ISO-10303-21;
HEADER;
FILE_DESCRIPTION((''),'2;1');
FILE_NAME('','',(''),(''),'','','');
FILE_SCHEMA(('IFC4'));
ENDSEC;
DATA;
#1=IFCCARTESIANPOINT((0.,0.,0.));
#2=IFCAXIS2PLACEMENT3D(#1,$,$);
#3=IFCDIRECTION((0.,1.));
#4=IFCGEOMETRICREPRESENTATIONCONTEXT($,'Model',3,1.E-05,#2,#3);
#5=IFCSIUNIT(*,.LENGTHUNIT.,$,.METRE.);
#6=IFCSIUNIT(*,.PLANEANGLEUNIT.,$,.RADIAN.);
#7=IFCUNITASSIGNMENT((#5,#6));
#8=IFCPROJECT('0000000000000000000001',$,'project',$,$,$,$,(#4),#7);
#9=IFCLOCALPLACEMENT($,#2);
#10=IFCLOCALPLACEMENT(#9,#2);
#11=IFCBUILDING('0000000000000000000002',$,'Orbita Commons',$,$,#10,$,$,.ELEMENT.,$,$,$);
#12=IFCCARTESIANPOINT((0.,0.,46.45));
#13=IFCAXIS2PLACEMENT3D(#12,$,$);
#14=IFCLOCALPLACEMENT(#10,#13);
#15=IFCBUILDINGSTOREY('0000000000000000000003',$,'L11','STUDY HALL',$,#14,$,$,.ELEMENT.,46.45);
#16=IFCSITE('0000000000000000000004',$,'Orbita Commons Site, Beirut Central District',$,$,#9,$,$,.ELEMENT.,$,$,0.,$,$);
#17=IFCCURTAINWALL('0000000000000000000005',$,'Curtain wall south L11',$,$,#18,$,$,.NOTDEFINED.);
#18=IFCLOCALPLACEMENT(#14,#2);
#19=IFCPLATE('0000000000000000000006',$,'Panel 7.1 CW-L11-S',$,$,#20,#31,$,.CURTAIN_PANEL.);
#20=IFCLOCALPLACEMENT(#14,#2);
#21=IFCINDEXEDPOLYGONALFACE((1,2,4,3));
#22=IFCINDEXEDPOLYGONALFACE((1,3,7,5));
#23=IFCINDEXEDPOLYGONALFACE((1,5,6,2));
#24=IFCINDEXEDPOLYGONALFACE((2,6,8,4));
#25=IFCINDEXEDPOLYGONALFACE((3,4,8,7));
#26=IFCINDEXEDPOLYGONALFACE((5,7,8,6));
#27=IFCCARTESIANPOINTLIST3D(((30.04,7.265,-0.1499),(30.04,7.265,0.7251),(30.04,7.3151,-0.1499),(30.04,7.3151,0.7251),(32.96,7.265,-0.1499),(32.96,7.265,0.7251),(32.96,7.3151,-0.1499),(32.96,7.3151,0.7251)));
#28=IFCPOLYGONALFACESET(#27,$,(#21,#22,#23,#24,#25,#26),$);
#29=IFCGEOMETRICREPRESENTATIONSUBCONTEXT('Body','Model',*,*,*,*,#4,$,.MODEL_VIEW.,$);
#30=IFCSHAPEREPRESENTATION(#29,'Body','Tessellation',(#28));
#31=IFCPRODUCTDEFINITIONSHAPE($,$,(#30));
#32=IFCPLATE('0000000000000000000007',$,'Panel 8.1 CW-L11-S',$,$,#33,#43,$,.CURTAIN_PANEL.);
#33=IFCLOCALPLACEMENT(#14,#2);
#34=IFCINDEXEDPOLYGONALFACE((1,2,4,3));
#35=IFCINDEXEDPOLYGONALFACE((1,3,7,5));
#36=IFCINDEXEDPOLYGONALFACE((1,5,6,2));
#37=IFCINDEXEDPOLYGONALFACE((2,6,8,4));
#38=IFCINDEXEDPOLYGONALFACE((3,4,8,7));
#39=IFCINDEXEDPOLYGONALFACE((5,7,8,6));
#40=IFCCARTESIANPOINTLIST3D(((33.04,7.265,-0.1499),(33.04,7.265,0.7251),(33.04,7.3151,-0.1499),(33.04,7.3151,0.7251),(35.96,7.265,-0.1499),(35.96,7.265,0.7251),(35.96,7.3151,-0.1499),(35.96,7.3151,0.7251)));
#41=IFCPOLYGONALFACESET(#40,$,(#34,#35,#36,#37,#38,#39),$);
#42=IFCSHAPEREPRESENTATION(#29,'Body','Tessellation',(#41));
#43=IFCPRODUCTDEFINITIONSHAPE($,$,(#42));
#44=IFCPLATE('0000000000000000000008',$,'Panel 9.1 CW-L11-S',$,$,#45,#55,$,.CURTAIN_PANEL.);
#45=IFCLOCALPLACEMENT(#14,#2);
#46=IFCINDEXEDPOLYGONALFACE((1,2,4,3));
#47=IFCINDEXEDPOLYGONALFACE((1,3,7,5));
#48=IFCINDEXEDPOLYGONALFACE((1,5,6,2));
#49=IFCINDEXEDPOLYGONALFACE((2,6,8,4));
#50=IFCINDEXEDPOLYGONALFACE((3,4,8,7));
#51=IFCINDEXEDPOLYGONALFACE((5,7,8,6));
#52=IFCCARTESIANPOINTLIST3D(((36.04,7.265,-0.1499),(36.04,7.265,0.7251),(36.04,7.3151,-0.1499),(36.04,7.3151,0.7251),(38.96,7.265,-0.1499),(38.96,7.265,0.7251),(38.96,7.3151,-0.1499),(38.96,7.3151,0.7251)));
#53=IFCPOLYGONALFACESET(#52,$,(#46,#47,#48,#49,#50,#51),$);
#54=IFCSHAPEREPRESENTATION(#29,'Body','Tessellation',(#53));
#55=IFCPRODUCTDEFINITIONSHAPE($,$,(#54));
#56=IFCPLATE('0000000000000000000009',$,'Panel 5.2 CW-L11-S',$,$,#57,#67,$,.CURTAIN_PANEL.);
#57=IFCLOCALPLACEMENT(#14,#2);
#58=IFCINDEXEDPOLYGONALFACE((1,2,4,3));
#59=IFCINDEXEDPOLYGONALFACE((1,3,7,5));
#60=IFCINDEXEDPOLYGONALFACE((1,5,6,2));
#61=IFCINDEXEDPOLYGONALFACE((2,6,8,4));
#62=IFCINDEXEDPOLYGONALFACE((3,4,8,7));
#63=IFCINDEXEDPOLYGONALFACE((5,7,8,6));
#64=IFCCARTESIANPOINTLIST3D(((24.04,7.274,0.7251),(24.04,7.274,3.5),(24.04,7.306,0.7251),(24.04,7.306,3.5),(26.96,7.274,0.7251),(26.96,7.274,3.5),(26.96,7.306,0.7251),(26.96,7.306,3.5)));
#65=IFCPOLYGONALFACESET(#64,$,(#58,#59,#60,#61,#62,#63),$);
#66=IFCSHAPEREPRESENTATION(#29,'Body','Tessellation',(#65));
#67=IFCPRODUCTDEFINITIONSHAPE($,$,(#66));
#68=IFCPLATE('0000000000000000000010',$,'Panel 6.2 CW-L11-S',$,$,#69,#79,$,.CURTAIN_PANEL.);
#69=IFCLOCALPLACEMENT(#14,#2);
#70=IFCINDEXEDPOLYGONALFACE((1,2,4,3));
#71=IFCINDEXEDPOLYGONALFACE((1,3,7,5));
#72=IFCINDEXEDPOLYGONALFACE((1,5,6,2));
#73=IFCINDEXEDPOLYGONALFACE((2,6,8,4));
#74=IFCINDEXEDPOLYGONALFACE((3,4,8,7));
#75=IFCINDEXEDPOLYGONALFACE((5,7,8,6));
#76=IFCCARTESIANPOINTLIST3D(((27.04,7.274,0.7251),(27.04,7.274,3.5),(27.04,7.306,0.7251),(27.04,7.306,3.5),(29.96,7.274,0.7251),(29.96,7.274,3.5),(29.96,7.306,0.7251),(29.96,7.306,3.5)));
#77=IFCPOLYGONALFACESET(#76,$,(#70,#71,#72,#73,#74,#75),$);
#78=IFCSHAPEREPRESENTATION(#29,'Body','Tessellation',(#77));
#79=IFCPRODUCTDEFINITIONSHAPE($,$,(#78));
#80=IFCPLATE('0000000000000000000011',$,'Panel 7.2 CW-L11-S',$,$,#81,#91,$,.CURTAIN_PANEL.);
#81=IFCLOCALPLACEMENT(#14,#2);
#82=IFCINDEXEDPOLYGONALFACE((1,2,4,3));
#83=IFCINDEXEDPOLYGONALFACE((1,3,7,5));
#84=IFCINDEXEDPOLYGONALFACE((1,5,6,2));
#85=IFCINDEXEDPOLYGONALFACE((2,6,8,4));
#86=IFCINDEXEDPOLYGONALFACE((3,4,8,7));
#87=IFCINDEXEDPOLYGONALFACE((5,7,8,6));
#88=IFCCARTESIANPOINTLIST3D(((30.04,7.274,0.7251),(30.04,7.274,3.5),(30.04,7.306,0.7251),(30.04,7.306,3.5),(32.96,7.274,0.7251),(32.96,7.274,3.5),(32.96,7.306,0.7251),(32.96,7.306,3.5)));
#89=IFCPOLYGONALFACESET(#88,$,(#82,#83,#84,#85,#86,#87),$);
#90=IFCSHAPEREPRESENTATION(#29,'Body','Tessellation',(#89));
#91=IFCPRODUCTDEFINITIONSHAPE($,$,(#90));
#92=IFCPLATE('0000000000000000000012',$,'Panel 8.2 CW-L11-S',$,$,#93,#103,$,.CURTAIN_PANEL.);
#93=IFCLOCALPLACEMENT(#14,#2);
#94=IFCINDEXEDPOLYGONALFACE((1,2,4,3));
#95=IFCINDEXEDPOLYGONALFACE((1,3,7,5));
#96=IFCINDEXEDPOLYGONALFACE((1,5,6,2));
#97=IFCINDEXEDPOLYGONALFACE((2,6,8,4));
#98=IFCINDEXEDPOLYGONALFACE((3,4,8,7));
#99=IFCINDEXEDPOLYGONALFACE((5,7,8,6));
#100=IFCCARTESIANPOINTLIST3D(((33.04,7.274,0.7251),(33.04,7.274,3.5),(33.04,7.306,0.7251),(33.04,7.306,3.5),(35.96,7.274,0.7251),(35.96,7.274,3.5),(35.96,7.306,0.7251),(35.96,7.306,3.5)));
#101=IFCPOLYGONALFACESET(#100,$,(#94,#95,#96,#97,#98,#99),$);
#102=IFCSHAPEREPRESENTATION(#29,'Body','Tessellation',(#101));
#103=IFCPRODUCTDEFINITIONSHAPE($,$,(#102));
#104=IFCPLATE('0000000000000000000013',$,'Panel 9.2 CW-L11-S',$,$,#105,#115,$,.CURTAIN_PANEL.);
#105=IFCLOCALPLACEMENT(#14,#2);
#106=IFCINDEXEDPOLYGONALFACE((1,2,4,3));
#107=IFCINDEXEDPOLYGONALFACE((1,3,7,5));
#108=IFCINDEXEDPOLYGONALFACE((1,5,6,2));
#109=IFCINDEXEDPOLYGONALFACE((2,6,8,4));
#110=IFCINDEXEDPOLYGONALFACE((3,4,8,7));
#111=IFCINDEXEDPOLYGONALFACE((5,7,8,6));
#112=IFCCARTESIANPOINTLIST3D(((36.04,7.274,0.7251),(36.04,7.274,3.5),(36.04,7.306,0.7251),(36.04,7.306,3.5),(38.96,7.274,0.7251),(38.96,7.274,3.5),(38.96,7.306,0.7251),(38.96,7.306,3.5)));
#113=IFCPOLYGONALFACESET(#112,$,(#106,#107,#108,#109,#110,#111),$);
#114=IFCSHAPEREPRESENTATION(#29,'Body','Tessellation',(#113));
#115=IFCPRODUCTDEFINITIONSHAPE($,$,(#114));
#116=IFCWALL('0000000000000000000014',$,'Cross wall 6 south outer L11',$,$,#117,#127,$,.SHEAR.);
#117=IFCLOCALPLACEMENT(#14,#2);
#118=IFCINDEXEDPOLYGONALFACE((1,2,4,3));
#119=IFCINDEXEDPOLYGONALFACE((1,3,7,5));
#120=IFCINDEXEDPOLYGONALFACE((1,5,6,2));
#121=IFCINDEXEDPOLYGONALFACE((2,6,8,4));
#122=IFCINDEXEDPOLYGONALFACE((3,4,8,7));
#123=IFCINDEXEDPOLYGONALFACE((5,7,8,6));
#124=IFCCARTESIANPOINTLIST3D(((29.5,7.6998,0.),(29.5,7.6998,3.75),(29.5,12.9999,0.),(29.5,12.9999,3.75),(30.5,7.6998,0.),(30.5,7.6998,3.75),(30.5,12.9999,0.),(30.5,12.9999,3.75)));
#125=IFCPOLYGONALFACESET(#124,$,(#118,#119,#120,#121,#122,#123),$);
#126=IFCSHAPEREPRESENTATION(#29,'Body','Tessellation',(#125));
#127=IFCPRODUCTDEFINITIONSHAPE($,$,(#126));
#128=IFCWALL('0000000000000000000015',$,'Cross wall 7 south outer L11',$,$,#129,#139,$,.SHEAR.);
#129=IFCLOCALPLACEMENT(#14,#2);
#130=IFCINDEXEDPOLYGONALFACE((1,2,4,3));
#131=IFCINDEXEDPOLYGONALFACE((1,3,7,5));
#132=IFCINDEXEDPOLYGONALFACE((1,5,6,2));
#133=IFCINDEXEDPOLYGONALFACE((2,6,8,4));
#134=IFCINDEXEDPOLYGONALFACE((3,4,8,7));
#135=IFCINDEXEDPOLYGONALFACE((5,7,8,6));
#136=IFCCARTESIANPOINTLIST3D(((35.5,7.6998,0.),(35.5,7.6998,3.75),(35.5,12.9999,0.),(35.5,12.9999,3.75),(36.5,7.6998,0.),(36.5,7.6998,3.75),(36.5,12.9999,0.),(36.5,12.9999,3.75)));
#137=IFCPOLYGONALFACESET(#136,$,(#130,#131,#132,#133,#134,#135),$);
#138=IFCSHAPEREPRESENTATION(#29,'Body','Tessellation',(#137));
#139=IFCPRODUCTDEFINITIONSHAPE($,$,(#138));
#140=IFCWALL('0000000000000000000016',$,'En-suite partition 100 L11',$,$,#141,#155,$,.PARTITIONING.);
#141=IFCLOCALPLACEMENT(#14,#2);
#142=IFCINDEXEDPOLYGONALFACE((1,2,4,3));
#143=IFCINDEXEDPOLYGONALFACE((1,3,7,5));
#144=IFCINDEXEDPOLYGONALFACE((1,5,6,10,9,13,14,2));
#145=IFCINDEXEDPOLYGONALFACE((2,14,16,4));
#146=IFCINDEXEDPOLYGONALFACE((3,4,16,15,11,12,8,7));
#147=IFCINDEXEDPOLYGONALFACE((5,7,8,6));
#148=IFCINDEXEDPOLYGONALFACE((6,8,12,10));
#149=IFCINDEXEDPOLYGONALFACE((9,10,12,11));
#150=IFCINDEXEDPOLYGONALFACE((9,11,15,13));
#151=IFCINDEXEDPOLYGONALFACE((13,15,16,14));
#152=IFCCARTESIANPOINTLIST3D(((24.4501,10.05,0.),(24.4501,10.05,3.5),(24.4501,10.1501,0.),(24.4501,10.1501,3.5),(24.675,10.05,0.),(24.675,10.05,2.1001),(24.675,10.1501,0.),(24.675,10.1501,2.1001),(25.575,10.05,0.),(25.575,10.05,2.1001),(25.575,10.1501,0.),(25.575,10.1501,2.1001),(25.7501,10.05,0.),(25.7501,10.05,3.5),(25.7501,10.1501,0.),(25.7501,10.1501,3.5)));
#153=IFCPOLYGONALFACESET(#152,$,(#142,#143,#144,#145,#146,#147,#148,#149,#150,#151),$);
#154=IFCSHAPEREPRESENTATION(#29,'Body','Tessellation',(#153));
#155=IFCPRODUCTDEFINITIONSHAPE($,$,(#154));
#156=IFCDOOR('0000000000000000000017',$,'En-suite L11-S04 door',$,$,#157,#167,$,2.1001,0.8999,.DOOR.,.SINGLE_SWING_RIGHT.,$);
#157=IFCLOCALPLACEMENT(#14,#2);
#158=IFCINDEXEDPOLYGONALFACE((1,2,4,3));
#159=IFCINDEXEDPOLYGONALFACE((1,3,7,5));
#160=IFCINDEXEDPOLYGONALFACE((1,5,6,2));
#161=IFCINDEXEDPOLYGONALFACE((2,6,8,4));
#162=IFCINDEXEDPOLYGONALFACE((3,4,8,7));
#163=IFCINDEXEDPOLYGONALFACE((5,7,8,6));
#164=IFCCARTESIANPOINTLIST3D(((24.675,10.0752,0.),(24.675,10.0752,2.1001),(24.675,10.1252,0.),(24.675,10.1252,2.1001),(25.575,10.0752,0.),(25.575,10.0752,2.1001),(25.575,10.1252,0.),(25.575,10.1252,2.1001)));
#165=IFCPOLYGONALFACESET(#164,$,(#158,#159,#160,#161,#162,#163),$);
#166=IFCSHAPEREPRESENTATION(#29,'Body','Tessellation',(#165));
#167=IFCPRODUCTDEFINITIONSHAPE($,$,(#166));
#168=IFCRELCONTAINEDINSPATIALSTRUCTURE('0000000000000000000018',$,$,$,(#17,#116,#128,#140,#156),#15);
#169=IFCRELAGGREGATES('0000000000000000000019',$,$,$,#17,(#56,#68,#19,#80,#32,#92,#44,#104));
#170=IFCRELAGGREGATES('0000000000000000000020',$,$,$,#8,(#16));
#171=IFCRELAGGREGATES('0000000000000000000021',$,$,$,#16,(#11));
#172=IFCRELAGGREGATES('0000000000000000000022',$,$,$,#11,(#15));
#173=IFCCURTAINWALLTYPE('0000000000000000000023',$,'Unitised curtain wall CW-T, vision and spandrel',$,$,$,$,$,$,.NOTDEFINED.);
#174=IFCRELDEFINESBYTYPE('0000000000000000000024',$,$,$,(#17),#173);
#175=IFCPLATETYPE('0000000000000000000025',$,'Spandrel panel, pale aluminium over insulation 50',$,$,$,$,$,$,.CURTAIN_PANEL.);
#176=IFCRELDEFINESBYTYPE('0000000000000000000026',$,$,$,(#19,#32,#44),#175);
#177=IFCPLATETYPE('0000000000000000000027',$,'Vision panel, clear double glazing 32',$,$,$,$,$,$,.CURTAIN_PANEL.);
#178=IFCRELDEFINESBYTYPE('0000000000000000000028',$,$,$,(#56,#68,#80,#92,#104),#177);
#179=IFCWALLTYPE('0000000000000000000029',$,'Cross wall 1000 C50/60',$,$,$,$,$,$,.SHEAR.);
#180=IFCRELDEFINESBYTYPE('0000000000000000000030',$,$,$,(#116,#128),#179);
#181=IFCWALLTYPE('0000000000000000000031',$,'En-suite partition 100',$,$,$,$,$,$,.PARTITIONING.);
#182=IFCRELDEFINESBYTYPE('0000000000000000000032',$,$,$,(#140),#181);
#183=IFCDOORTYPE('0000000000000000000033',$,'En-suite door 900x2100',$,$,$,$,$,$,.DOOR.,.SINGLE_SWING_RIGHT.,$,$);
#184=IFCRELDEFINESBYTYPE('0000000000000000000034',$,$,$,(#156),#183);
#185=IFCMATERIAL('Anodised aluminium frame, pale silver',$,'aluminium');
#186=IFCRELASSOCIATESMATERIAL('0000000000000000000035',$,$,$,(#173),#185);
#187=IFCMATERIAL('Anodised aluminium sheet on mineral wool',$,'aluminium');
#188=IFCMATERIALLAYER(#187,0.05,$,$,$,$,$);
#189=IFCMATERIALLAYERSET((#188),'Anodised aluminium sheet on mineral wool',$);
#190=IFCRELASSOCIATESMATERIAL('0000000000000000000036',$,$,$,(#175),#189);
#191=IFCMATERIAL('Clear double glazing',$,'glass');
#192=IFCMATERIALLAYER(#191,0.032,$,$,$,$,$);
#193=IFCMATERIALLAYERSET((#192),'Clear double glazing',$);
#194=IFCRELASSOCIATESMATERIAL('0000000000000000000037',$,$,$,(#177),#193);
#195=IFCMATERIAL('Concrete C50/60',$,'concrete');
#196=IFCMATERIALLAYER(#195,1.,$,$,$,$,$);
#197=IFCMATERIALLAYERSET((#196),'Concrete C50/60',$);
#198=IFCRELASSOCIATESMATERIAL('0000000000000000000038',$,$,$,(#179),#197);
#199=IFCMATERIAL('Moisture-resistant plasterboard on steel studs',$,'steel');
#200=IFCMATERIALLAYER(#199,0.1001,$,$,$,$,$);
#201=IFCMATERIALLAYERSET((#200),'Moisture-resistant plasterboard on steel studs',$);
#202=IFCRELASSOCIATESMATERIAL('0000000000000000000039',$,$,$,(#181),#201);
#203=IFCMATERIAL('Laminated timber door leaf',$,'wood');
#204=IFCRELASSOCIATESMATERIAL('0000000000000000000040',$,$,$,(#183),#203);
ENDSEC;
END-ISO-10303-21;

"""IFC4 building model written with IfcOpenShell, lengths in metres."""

from ifc_helpers import new_model, si_unit, direction, frame, frame_2d, origin, origin_2d, place, context, subcontext, project, spatial, rectangle, extrude, material, layer, layer_set, type_object, element, fill, aggregate, save


model = new_model("IFC4")

# Units and contexts
model_context = context("Model", 3, precision=1e-05, world=origin(), true_north=direction((0.0, 1.0)))
body_context = subcontext(model_context, "Body", "Model", "MODEL_VIEW")
ifc_project = project(units=[si_unit("LENGTHUNIT", "METRE"), si_unit("PLANEANGLEUNIT", "RADIAN")], contexts=[model_context])

# Site, building, storey
site_placement = place(None, origin())
site = spatial("IfcSite", under=ifc_project, at=site_placement, Name="Orbita Commons Site, Beirut Central District", CompositionType="ELEMENT", RefElevation=0.0)
building_placement = place(site_placement, origin())
building = spatial("IfcBuilding", under=site, at=building_placement, Name="Orbita Commons", CompositionType="ELEMENT")
storey_placement = place(building_placement, frame((0.0, 0.0, 46.45)))
storey = spatial("IfcBuildingStorey", under=building, at=storey_placement, Name="L11", Description="STUDY HALL", CompositionType="ELEMENT", Elevation=46.45)

# Curtain wall, plates
ifc_material_1 = material(Name="Anodised aluminium frame, pale silver", Category="aluminium")
curtain_wall_type = type_object("IfcCurtainWallType", Name="Unitised curtain wall CW-T, vision and spandrel", PredefinedType="NOTDEFINED", material=ifc_material_1)
curtain_wall_placement = place(storey_placement, origin())
curtain_wall = element("IfcCurtainWall", 1, at=curtain_wall_placement, inside=storey, type_object=curtain_wall_type, Name="Curtain wall south L11", PredefinedType="NOTDEFINED")
ifc_material_2 = material(Name="Anodised aluminium sheet on mineral wool", Category="aluminium")
ifc_layer_1 = layer(ifc_material_2, 0.05)
ifc_layer_set_1 = layer_set([ifc_layer_1], Name="Anodised aluminium sheet on mineral wool")
plate_type_1 = type_object("IfcPlateType", Name="Spandrel panel, pale aluminium over insulation 50", PredefinedType="CURTAIN_PANEL", material=ifc_layer_set_1)
plate_1_placement = place(storey_placement, frame((31.5, 7.29, -0.1499), z_axis=(0.0, 0.0, 1.0), x_axis=(1.0, 0.0, 0.0)))
plate_1 = element("IfcPlate", 2, at=plate_1_placement, type_object=plate_type_1, Name="Panel 7.1 CW-L11-S", PredefinedType="CURTAIN_PANEL", context=body_context, shape_type="SweptSolid", body=[
    extrude(rectangle(XDim=2.9199, YDim=0.05, at=origin_2d()), origin(), (0.0, 0.0, 1.0), 0.875),
])
plate_2_placement = place(storey_placement, frame((34.5, 7.29, -0.1499), z_axis=(0.0, 0.0, 1.0), x_axis=(1.0, 0.0, 0.0)))
plate_2 = element("IfcPlate", 3, at=plate_2_placement, type_object=plate_type_1, Name="Panel 8.1 CW-L11-S", PredefinedType="CURTAIN_PANEL", context=body_context, shape_type="SweptSolid", body=[
    extrude(rectangle(XDim=2.9199, YDim=0.05, at=origin_2d()), origin(), (0.0, 0.0, 1.0), 0.875),
])
plate_3_placement = place(storey_placement, frame((37.5, 7.29, -0.1499), z_axis=(0.0, 0.0, 1.0), x_axis=(1.0, 0.0, 0.0)))
plate_3 = element("IfcPlate", 4, at=plate_3_placement, type_object=plate_type_1, Name="Panel 9.1 CW-L11-S", PredefinedType="CURTAIN_PANEL", context=body_context, shape_type="SweptSolid", body=[
    extrude(rectangle(XDim=2.9199, YDim=0.05, at=origin_2d()), origin(), (0.0, 0.0, 1.0), 0.875),
])
ifc_material_3 = material(Name="Clear double glazing", Category="glass")
ifc_layer_2 = layer(ifc_material_3, 0.032)
ifc_layer_set_2 = layer_set([ifc_layer_2], Name="Clear double glazing")
plate_type_2 = type_object("IfcPlateType", Name="Vision panel, clear double glazing 32", PredefinedType="CURTAIN_PANEL", material=ifc_layer_set_2)
plate_4_placement = place(storey_placement, frame((25.5, 7.29, 0.7251), z_axis=(0.0, 0.0, 1.0), x_axis=(1.0, 0.0, 0.0)))
plate_4 = element("IfcPlate", 5, at=plate_4_placement, type_object=plate_type_2, Name="Panel 5.2 CW-L11-S", PredefinedType="CURTAIN_PANEL", context=body_context, shape_type="SweptSolid", body=[
    extrude(rectangle(XDim=2.9199, YDim=0.032, at=origin_2d()), origin(), (0.0, 0.0, 1.0), 2.7749),
])
plate_5_placement = place(storey_placement, frame((28.5, 7.29, 0.7251), z_axis=(0.0, 0.0, 1.0), x_axis=(1.0, 0.0, 0.0)))
plate_5 = element("IfcPlate", 6, at=plate_5_placement, type_object=plate_type_2, Name="Panel 6.2 CW-L11-S", PredefinedType="CURTAIN_PANEL", context=body_context, shape_type="SweptSolid", body=[
    extrude(rectangle(XDim=2.9199, YDim=0.032, at=origin_2d()), origin(), (0.0, 0.0, 1.0), 2.7749),
])
plate_6_placement = place(storey_placement, frame((31.5, 7.29, 0.7251), z_axis=(0.0, 0.0, 1.0), x_axis=(1.0, 0.0, 0.0)))
plate_6 = element("IfcPlate", 7, at=plate_6_placement, type_object=plate_type_2, Name="Panel 7.2 CW-L11-S", PredefinedType="CURTAIN_PANEL", context=body_context, shape_type="SweptSolid", body=[
    extrude(rectangle(XDim=2.9199, YDim=0.032, at=origin_2d()), origin(), (0.0, 0.0, 1.0), 2.7749),
])
plate_7_placement = place(storey_placement, frame((34.5, 7.29, 0.7251), z_axis=(0.0, 0.0, 1.0), x_axis=(1.0, 0.0, 0.0)))
plate_7 = element("IfcPlate", 8, at=plate_7_placement, type_object=plate_type_2, Name="Panel 8.2 CW-L11-S", PredefinedType="CURTAIN_PANEL", context=body_context, shape_type="SweptSolid", body=[
    extrude(rectangle(XDim=2.9199, YDim=0.032, at=origin_2d()), origin(), (0.0, 0.0, 1.0), 2.7749),
])
plate_8_placement = place(storey_placement, frame((37.5, 7.29, 0.7251), z_axis=(0.0, 0.0, 1.0), x_axis=(1.0, 0.0, 0.0)))
plate_8 = element("IfcPlate", 9, at=plate_8_placement, type_object=plate_type_2, Name="Panel 9.2 CW-L11-S", PredefinedType="CURTAIN_PANEL", context=body_context, shape_type="SweptSolid", body=[
    extrude(rectangle(XDim=2.9199, YDim=0.032, at=origin_2d()), origin(), (0.0, 0.0, 1.0), 2.7749),
])
aggregate(curtain_wall, [plate_4, plate_5, plate_1, plate_6, plate_2, plate_7, plate_3, plate_8])

# Walls
ifc_material_4 = material(Name="Concrete C50/60", Category="concrete")
ifc_layer_3 = layer(ifc_material_4, 1.0)
ifc_layer_set_3 = layer_set([ifc_layer_3], Name="Concrete C50/60")
wall_type_1 = type_object("IfcWallType", Name="Cross wall 1000 C50/60", PredefinedType="SHEAR", material=ifc_layer_set_3)
for number, where, z_axis, x_axis, name in (
    (10, (30.0, 7.7, 0.0), (0.0, 0.0, 1.0), (0.0, 1.0, 0.0), "Cross wall 6 south outer L11"),
    (11, (36.0, 7.7, 0.0), (0.0, 0.0, 1.0), (0.0, 1.0, 0.0), "Cross wall 7 south outer L11"),
):
    element("IfcWall", number, at=place(storey_placement, frame(where, z_axis=z_axis, x_axis=x_axis)), inside=storey, type_object=wall_type_1, Name=name, PredefinedType="SHEAR", context=body_context, shape_type="SweptSolid", body=[
        extrude(rectangle(XDim=5.3, YDim=1.0, at=frame_2d((2.6499, 0.0))), origin(), (0.0, 0.0, 1.0), 3.75),
    ])

# Wall, opening, door
ifc_material_5 = material(Name="Moisture-resistant plasterboard on steel studs", Category="steel")
ifc_layer_4 = layer(ifc_material_5, 0.1001)
ifc_layer_set_4 = layer_set([ifc_layer_4], Name="Moisture-resistant plasterboard on steel studs")
wall_type_2 = type_object("IfcWallType", Name="En-suite partition 100", PredefinedType="PARTITIONING", material=ifc_layer_set_4)
wall_1_placement = place(storey_placement, frame((25.75, 10.1001, 0.0), z_axis=(0.0, 0.0, 1.0), x_axis=(-1.0, 0.0, 0.0)))
wall_1 = element("IfcWall", 12, at=wall_1_placement, inside=storey, type_object=wall_type_2, Name="En-suite partition 100 L11", PredefinedType="PARTITIONING", context=body_context, shape_type="SweptSolid", body=[
    extrude(rectangle(XDim=1.3, YDim=0.1001, at=frame_2d((0.6499, 0.0))), origin(), (0.0, 0.0, 1.0), 3.5),
])
opening_1_placement = place(wall_1_placement, frame((0.175, 0.0, 0.0)))
opening_1 = element("IfcOpeningElement", 13, at=opening_1_placement, cuts=wall_1, PredefinedType="OPENING", context=body_context, shape_type="SweptSolid", body=[
    extrude(rectangle(XDim=0.8999, YDim=2.1001, at=frame_2d((0.45, 1.05))), frame((0.0, 0.0601, 0.0), z_axis=(0.0, -1.0, 0.0), x_axis=(1.0, 0.0, 0.0)), (0.0, 0.0, 1.0), 0.1201),
])
ifc_material_6 = material(Name="Laminated timber door leaf", Category="wood")
door_type = type_object("IfcDoorType", Name="En-suite door 900x2100", OperationType="SINGLE_SWING_RIGHT", PredefinedType="DOOR", material=ifc_material_6)
door_1_placement = place(opening_1_placement, origin())
door_1 = element("IfcDoor", 14, at=door_1_placement, inside=storey, type_object=door_type, Name="En-suite L11-S04 door", OperationType="SINGLE_SWING_RIGHT", OverallHeight=2.1001, OverallWidth=0.8999, PredefinedType="DOOR", context=body_context, shape_type="SweptSolid", body=[
    extrude(rectangle(XDim=0.8999, YDim=2.1001, at=frame_2d((0.45, 1.05))), frame((0.0, 0.0249, 0.0), z_axis=(0.0, -1.0, 0.0), x_axis=(1.0, 0.0, 0.0)), (0.0, 0.0, 1.0), 0.05),
])
fill(opening_1, door_1)

save(model, "model.ifc")
